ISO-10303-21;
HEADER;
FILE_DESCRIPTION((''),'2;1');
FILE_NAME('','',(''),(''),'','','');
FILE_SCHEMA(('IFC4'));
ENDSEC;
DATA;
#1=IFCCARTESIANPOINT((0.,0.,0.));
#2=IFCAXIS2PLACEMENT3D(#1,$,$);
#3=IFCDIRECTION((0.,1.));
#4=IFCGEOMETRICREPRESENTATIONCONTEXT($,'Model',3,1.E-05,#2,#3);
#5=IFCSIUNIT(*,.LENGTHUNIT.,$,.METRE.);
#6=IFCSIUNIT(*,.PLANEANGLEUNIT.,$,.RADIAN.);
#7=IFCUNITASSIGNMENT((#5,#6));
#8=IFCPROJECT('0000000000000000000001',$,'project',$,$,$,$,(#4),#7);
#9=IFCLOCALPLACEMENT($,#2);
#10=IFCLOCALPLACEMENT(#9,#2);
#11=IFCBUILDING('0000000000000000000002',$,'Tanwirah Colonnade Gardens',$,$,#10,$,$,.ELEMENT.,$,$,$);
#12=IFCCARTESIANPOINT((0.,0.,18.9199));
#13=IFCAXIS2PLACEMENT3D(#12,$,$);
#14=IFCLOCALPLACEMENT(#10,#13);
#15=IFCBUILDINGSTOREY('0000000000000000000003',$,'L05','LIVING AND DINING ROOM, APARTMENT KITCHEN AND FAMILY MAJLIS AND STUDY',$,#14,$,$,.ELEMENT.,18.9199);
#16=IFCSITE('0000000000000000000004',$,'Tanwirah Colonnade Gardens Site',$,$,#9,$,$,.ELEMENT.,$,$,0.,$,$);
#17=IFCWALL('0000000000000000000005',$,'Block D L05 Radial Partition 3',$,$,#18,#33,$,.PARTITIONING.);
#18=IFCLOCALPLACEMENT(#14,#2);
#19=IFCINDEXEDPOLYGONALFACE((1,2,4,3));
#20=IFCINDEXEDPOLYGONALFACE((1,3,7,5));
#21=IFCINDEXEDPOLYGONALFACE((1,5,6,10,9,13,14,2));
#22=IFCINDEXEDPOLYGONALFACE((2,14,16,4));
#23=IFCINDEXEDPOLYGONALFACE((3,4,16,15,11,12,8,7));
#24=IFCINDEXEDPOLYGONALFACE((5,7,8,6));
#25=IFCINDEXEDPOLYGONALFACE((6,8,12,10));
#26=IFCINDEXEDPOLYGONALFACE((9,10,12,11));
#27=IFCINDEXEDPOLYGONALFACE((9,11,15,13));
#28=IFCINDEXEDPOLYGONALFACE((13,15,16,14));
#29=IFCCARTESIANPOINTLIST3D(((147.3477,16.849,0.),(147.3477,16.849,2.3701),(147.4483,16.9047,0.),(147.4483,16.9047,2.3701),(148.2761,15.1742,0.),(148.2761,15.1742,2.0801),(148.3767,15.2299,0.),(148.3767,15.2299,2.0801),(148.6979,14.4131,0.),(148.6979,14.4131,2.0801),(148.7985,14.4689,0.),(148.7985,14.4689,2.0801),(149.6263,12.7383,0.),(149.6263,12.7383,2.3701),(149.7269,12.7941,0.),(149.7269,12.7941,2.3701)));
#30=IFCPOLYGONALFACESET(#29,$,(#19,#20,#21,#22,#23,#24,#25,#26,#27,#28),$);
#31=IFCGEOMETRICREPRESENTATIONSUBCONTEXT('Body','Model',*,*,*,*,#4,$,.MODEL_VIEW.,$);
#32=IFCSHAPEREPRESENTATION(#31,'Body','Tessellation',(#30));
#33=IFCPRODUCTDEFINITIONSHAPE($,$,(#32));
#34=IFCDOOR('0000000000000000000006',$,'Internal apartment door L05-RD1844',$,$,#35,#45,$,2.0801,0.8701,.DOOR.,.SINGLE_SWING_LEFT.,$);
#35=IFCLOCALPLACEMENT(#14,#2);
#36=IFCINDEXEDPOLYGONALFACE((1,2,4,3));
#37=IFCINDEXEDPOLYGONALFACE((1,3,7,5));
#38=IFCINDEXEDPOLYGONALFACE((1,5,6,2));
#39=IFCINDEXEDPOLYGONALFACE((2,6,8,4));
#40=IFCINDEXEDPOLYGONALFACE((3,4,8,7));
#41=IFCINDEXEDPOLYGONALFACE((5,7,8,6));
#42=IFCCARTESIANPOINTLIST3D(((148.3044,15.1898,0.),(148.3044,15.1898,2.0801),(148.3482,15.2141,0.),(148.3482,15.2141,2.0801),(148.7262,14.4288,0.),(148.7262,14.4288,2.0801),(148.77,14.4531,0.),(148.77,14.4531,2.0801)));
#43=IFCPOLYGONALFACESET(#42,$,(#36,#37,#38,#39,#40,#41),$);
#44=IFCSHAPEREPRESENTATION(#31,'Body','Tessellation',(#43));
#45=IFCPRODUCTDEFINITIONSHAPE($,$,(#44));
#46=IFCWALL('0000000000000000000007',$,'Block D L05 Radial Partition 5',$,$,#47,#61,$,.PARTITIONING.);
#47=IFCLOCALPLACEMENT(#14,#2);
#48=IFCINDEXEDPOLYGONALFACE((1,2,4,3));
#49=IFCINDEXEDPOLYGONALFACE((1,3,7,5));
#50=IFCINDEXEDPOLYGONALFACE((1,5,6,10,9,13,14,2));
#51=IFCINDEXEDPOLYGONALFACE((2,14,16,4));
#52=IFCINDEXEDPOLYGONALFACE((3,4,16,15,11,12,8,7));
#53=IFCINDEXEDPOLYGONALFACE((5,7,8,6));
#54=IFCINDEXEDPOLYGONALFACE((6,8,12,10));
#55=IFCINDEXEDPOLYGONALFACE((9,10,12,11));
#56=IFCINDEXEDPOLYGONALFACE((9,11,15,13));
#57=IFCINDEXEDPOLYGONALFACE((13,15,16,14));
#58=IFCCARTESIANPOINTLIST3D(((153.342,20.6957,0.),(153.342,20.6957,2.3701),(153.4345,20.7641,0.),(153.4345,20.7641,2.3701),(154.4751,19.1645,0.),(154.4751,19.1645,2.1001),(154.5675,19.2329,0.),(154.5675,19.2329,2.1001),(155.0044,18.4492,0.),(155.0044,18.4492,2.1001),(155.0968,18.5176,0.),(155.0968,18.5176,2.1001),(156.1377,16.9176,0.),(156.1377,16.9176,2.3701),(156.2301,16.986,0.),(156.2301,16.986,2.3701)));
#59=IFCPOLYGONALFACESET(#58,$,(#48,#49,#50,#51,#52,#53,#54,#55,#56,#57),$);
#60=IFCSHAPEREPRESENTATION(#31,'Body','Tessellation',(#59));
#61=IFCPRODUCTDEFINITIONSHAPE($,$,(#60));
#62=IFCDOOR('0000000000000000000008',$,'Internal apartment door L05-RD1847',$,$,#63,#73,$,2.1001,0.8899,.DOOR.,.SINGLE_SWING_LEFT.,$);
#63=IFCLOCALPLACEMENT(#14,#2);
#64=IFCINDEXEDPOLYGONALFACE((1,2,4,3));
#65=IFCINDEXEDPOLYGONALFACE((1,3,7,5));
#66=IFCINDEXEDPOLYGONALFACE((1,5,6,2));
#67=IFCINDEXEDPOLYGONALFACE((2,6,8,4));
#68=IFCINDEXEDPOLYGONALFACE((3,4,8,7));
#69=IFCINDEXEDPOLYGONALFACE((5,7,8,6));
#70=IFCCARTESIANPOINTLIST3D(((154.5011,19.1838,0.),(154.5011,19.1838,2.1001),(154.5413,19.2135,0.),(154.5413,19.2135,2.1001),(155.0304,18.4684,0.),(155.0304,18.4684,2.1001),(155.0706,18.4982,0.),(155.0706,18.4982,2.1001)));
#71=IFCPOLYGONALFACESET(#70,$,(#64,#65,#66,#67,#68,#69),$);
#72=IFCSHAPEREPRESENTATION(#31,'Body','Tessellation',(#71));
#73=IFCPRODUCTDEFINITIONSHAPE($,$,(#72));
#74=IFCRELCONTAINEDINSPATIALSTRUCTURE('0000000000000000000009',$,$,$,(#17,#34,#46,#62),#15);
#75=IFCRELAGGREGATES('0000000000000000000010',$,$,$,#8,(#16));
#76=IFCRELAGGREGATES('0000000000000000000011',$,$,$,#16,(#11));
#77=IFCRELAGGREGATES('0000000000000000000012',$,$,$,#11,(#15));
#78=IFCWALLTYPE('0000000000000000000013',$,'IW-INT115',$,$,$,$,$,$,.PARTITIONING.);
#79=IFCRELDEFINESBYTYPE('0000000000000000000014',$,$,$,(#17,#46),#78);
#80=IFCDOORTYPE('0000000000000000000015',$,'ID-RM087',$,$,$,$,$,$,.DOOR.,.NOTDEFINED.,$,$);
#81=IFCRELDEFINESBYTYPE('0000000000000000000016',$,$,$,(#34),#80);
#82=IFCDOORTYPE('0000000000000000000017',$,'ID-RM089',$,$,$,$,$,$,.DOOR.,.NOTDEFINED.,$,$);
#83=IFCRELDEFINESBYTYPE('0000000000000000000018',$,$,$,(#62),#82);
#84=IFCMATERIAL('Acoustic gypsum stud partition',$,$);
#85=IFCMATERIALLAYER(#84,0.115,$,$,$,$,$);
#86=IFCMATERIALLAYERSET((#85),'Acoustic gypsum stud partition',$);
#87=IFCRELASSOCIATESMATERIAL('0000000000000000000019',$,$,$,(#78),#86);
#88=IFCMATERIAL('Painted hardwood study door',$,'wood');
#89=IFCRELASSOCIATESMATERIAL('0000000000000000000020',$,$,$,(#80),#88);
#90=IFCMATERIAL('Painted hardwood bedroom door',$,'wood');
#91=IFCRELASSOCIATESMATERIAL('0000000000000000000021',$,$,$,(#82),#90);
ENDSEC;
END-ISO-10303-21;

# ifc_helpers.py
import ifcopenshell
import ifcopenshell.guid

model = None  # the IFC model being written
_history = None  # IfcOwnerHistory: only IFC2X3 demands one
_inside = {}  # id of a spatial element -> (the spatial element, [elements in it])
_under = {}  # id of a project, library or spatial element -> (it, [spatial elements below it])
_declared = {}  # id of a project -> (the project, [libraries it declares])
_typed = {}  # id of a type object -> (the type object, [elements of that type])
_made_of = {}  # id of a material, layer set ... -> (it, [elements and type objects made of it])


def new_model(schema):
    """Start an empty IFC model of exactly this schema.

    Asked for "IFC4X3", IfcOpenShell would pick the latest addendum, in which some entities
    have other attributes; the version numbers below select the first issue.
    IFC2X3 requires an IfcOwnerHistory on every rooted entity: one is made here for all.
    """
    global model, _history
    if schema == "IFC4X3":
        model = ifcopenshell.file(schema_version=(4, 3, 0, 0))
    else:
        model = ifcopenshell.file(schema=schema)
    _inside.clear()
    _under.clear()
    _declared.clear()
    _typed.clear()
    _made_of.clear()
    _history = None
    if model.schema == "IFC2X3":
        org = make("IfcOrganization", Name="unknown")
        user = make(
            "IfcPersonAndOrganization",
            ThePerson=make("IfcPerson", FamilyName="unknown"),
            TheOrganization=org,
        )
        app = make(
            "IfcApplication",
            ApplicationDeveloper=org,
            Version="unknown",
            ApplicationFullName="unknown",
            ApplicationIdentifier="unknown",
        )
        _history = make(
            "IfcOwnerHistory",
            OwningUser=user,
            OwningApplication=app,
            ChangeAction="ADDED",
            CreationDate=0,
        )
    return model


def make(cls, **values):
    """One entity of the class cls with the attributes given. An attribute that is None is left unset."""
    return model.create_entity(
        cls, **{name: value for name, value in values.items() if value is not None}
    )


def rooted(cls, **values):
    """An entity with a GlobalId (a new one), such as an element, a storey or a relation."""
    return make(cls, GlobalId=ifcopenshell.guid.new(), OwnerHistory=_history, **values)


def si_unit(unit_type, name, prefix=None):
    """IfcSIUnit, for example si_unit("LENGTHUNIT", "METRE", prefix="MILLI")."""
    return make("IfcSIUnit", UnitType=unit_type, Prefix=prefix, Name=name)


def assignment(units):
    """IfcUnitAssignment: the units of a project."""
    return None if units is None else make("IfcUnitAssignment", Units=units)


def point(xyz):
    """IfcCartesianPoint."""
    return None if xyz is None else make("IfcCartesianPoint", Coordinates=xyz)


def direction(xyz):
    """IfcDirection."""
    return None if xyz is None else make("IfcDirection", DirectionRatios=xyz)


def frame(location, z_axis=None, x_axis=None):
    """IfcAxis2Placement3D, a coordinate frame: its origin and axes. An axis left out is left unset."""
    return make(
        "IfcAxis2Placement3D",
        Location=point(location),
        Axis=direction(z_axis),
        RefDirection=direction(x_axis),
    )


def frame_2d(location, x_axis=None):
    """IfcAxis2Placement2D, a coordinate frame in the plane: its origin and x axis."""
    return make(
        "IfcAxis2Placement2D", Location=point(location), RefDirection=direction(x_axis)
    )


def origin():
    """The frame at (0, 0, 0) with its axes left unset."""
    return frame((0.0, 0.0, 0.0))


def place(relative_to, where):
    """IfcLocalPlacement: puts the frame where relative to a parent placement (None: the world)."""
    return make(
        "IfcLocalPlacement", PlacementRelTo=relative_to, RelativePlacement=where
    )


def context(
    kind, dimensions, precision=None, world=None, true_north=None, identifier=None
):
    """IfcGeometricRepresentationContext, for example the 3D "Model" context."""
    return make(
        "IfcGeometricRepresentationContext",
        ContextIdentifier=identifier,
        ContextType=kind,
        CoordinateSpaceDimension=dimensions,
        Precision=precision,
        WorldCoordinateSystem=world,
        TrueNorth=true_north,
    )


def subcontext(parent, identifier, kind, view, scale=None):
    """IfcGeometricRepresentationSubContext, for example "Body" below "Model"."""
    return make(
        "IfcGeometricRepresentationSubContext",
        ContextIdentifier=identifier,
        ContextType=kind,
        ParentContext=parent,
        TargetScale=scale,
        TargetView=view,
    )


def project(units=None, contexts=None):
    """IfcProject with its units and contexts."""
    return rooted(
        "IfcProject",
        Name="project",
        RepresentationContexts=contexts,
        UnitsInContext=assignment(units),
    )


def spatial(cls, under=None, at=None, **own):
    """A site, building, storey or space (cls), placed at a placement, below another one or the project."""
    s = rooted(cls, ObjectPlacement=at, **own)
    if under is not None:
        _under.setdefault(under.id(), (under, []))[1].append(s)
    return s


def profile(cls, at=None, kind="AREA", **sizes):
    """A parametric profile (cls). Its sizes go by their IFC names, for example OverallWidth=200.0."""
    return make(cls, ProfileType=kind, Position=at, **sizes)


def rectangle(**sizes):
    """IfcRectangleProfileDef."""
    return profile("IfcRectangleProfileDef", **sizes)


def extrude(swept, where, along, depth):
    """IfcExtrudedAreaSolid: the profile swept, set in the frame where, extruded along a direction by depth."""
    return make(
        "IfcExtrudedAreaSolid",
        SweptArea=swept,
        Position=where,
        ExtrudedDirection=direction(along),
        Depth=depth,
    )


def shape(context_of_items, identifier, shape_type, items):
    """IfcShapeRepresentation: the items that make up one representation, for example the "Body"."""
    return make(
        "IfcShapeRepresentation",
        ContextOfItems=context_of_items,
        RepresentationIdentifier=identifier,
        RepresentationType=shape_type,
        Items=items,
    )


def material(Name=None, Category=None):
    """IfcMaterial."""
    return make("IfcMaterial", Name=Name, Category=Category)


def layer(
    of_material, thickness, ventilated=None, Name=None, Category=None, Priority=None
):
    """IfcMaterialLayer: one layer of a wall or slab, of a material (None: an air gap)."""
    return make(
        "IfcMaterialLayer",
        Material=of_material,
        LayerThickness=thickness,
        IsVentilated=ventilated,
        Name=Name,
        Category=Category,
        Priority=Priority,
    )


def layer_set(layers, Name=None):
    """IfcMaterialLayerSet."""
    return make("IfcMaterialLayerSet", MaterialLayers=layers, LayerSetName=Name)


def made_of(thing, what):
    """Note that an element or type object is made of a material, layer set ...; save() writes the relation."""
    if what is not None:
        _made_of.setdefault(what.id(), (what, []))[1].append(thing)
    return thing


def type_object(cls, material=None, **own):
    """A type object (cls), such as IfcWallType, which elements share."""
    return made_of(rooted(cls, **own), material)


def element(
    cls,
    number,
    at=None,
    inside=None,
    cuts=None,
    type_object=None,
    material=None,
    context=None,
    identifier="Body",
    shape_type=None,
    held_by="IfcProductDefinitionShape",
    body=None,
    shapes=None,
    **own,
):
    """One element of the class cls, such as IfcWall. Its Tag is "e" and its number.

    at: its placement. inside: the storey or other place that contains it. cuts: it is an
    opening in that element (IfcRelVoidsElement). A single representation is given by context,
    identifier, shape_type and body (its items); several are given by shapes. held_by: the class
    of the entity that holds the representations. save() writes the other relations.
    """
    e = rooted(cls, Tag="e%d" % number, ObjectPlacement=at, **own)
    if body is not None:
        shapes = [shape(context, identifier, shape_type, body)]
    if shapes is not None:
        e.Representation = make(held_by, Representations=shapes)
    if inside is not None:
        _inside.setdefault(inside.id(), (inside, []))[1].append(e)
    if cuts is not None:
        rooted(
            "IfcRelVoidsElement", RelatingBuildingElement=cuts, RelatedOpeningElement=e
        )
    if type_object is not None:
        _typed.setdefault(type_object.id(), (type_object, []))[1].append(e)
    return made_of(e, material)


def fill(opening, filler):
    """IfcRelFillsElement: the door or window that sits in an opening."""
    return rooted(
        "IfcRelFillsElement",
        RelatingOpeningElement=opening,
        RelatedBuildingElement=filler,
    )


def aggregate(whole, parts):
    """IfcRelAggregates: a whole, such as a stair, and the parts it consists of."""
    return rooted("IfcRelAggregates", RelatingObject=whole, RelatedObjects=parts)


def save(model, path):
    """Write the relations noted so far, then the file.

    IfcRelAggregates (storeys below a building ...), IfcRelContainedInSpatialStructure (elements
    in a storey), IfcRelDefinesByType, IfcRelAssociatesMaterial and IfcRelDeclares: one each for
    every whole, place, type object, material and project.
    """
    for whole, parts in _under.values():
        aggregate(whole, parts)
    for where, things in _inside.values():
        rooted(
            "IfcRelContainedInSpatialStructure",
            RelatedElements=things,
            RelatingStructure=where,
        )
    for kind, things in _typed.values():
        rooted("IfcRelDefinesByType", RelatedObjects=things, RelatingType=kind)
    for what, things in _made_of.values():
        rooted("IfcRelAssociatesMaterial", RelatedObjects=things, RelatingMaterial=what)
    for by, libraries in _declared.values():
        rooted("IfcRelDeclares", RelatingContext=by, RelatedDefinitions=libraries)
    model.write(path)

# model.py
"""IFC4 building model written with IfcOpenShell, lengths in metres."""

from ifc_helpers import new_model, si_unit, direction, frame, frame_2d, origin, place, context, subcontext, project, spatial, rectangle, extrude, material, layer, layer_set, type_object, element, fill, save


model = new_model("IFC4")

# Units and contexts
model_context = context("Model", 3, precision=1e-05, world=origin(), true_north=direction((0.0, 1.0)))
body_context = subcontext(model_context, "Body", "Model", "MODEL_VIEW")
ifc_project = project(units=[si_unit("LENGTHUNIT", "METRE"), si_unit("PLANEANGLEUNIT", "RADIAN")], contexts=[model_context])

# Site, building, storey
site_placement = place(None, origin())
site = spatial("IfcSite", under=ifc_project, at=site_placement, Name="Tanwirah Colonnade Gardens Site", CompositionType="ELEMENT", RefElevation=0.0)
building_placement = place(site_placement, origin())
building = spatial("IfcBuilding", under=site, at=building_placement, Name="Tanwirah Colonnade Gardens", CompositionType="ELEMENT")
storey_placement = place(building_placement, frame((0.0, 0.0, 18.9199)))
storey = spatial("IfcBuildingStorey", under=building, at=storey_placement, Name="L05", Description="LIVING AND DINING ROOM, APARTMENT KITCHEN AND FAMILY MAJLIS AND STUDY", CompositionType="ELEMENT", Elevation=18.9199)

# Walls, openings, doors
ifc_material_1 = material(Name="Acoustic gypsum stud partition")
ifc_layer_1 = layer(ifc_material_1, 0.115)
ifc_layer_set_1 = layer_set([ifc_layer_1], Name="Acoustic gypsum stud partition")
wall_type_1 = type_object("IfcWallType", Name="IW-INT115", PredefinedType="PARTITIONING", material=ifc_layer_set_1)
wall_1_placement = place(storey_placement, frame((147.3979, 16.877, 0.0), z_axis=(0.0, 0.0, 1.0), x_axis=(0.484814, -0.874618, 0.0)))
wall_1 = element("IfcWall", 1, at=wall_1_placement, inside=storey, type_object=wall_type_1, Name="Block D L05 Radial Partition 3", PredefinedType="PARTITIONING", context=body_context, shape_type="SweptSolid", body=[
    extrude(rectangle(XDim=4.7, YDim=0.115, at=frame_2d((2.3501, 0.0))), origin(), (0.0, 0.0, 1.0), 2.3701),
])
opening_1_placement = place(wall_1_placement, frame((1.915, 0.0, 0.0)))
opening_1 = element("IfcOpeningElement", 2, at=opening_1_placement, cuts=wall_1, PredefinedType="OPENING", context=body_context, shape_type="SweptSolid", body=[
    extrude(rectangle(XDim=0.8701, YDim=2.0801, at=frame_2d((0.4351, 1.04))), frame((0.0, 0.0674, 0.0), z_axis=(0.0, -1.0, 0.0), x_axis=(1.0, 0.0, 0.0)), (0.0, 0.0, 1.0), 0.135),
])
ifc_material_2 = material(Name="Painted hardwood study door", Category="wood")
door_type_1 = type_object("IfcDoorType", Name="ID-RM087", OperationType="NOTDEFINED", PredefinedType="DOOR", material=ifc_material_2)
door_1_placement = place(opening_1_placement, origin())
door_1 = element("IfcDoor", 3, at=door_1_placement, inside=storey, type_object=door_type_1, Name="Internal apartment door L05-RD1844", OperationType="SINGLE_SWING_LEFT", OverallHeight=2.0801, OverallWidth=0.8701, PredefinedType="DOOR", context=body_context, shape_type="SweptSolid", body=[
    extrude(rectangle(XDim=0.8701, YDim=2.0801, at=frame_2d((0.4351, 1.04))), frame((0.0, 0.0249, 0.0), z_axis=(0.0, -1.0, 0.0), x_axis=(1.0, 0.0, 0.0)), (0.0, 0.0, 1.0), 0.05),
])
fill(opening_1, door_1)
wall_2_placement = place(storey_placement, frame((153.3882, 20.73, 0.0), z_axis=(0.0, 0.0, 1.0), x_axis=(0.594826, -0.803854, 0.0)))
wall_2 = element("IfcWall", 4, at=wall_2_placement, inside=storey, type_object=wall_type_1, Name="Block D L05 Radial Partition 5", PredefinedType="PARTITIONING", context=body_context, shape_type="SweptSolid", body=[
    extrude(rectangle(XDim=4.7, YDim=0.115, at=frame_2d((2.3501, 0.0))), origin(), (0.0, 0.0, 1.0), 2.3701),
])
opening_2_placement = place(wall_2_placement, frame((1.905, 0.0, 0.0)))
opening_2 = element("IfcOpeningElement", 5, at=opening_2_placement, cuts=wall_2, PredefinedType="OPENING", context=body_context, shape_type="SweptSolid", body=[
    extrude(rectangle(XDim=0.8899, YDim=2.1001, at=frame_2d((0.4448, 1.05))), frame((0.0, 0.0674, 0.0), z_axis=(0.0, -1.0, 0.0), x_axis=(1.0, 0.0, 0.0)), (0.0, 0.0, 1.0), 0.135),
])
ifc_material_3 = material(Name="Painted hardwood bedroom door", Category="wood")
door_type_2 = type_object("IfcDoorType", Name="ID-RM089", OperationType="NOTDEFINED", PredefinedType="DOOR", material=ifc_material_3)
door_2_placement = place(opening_2_placement, origin())
door_2 = element("IfcDoor", 6, at=door_2_placement, inside=storey, type_object=door_type_2, Name="Internal apartment door L05-RD1847", OperationType="SINGLE_SWING_LEFT", OverallHeight=2.1001, OverallWidth=0.8899, PredefinedType="DOOR", context=body_context, shape_type="SweptSolid", body=[
    extrude(rectangle(XDim=0.8899, YDim=2.1001, at=frame_2d((0.4448, 1.05))), frame((0.0, 0.0249, 0.0), z_axis=(0.0, -1.0, 0.0), x_axis=(1.0, 0.0, 0.0)), (0.0, 0.0, 1.0), 0.05),
])
fill(opening_2, door_2)

save(model, "model.ifc")
